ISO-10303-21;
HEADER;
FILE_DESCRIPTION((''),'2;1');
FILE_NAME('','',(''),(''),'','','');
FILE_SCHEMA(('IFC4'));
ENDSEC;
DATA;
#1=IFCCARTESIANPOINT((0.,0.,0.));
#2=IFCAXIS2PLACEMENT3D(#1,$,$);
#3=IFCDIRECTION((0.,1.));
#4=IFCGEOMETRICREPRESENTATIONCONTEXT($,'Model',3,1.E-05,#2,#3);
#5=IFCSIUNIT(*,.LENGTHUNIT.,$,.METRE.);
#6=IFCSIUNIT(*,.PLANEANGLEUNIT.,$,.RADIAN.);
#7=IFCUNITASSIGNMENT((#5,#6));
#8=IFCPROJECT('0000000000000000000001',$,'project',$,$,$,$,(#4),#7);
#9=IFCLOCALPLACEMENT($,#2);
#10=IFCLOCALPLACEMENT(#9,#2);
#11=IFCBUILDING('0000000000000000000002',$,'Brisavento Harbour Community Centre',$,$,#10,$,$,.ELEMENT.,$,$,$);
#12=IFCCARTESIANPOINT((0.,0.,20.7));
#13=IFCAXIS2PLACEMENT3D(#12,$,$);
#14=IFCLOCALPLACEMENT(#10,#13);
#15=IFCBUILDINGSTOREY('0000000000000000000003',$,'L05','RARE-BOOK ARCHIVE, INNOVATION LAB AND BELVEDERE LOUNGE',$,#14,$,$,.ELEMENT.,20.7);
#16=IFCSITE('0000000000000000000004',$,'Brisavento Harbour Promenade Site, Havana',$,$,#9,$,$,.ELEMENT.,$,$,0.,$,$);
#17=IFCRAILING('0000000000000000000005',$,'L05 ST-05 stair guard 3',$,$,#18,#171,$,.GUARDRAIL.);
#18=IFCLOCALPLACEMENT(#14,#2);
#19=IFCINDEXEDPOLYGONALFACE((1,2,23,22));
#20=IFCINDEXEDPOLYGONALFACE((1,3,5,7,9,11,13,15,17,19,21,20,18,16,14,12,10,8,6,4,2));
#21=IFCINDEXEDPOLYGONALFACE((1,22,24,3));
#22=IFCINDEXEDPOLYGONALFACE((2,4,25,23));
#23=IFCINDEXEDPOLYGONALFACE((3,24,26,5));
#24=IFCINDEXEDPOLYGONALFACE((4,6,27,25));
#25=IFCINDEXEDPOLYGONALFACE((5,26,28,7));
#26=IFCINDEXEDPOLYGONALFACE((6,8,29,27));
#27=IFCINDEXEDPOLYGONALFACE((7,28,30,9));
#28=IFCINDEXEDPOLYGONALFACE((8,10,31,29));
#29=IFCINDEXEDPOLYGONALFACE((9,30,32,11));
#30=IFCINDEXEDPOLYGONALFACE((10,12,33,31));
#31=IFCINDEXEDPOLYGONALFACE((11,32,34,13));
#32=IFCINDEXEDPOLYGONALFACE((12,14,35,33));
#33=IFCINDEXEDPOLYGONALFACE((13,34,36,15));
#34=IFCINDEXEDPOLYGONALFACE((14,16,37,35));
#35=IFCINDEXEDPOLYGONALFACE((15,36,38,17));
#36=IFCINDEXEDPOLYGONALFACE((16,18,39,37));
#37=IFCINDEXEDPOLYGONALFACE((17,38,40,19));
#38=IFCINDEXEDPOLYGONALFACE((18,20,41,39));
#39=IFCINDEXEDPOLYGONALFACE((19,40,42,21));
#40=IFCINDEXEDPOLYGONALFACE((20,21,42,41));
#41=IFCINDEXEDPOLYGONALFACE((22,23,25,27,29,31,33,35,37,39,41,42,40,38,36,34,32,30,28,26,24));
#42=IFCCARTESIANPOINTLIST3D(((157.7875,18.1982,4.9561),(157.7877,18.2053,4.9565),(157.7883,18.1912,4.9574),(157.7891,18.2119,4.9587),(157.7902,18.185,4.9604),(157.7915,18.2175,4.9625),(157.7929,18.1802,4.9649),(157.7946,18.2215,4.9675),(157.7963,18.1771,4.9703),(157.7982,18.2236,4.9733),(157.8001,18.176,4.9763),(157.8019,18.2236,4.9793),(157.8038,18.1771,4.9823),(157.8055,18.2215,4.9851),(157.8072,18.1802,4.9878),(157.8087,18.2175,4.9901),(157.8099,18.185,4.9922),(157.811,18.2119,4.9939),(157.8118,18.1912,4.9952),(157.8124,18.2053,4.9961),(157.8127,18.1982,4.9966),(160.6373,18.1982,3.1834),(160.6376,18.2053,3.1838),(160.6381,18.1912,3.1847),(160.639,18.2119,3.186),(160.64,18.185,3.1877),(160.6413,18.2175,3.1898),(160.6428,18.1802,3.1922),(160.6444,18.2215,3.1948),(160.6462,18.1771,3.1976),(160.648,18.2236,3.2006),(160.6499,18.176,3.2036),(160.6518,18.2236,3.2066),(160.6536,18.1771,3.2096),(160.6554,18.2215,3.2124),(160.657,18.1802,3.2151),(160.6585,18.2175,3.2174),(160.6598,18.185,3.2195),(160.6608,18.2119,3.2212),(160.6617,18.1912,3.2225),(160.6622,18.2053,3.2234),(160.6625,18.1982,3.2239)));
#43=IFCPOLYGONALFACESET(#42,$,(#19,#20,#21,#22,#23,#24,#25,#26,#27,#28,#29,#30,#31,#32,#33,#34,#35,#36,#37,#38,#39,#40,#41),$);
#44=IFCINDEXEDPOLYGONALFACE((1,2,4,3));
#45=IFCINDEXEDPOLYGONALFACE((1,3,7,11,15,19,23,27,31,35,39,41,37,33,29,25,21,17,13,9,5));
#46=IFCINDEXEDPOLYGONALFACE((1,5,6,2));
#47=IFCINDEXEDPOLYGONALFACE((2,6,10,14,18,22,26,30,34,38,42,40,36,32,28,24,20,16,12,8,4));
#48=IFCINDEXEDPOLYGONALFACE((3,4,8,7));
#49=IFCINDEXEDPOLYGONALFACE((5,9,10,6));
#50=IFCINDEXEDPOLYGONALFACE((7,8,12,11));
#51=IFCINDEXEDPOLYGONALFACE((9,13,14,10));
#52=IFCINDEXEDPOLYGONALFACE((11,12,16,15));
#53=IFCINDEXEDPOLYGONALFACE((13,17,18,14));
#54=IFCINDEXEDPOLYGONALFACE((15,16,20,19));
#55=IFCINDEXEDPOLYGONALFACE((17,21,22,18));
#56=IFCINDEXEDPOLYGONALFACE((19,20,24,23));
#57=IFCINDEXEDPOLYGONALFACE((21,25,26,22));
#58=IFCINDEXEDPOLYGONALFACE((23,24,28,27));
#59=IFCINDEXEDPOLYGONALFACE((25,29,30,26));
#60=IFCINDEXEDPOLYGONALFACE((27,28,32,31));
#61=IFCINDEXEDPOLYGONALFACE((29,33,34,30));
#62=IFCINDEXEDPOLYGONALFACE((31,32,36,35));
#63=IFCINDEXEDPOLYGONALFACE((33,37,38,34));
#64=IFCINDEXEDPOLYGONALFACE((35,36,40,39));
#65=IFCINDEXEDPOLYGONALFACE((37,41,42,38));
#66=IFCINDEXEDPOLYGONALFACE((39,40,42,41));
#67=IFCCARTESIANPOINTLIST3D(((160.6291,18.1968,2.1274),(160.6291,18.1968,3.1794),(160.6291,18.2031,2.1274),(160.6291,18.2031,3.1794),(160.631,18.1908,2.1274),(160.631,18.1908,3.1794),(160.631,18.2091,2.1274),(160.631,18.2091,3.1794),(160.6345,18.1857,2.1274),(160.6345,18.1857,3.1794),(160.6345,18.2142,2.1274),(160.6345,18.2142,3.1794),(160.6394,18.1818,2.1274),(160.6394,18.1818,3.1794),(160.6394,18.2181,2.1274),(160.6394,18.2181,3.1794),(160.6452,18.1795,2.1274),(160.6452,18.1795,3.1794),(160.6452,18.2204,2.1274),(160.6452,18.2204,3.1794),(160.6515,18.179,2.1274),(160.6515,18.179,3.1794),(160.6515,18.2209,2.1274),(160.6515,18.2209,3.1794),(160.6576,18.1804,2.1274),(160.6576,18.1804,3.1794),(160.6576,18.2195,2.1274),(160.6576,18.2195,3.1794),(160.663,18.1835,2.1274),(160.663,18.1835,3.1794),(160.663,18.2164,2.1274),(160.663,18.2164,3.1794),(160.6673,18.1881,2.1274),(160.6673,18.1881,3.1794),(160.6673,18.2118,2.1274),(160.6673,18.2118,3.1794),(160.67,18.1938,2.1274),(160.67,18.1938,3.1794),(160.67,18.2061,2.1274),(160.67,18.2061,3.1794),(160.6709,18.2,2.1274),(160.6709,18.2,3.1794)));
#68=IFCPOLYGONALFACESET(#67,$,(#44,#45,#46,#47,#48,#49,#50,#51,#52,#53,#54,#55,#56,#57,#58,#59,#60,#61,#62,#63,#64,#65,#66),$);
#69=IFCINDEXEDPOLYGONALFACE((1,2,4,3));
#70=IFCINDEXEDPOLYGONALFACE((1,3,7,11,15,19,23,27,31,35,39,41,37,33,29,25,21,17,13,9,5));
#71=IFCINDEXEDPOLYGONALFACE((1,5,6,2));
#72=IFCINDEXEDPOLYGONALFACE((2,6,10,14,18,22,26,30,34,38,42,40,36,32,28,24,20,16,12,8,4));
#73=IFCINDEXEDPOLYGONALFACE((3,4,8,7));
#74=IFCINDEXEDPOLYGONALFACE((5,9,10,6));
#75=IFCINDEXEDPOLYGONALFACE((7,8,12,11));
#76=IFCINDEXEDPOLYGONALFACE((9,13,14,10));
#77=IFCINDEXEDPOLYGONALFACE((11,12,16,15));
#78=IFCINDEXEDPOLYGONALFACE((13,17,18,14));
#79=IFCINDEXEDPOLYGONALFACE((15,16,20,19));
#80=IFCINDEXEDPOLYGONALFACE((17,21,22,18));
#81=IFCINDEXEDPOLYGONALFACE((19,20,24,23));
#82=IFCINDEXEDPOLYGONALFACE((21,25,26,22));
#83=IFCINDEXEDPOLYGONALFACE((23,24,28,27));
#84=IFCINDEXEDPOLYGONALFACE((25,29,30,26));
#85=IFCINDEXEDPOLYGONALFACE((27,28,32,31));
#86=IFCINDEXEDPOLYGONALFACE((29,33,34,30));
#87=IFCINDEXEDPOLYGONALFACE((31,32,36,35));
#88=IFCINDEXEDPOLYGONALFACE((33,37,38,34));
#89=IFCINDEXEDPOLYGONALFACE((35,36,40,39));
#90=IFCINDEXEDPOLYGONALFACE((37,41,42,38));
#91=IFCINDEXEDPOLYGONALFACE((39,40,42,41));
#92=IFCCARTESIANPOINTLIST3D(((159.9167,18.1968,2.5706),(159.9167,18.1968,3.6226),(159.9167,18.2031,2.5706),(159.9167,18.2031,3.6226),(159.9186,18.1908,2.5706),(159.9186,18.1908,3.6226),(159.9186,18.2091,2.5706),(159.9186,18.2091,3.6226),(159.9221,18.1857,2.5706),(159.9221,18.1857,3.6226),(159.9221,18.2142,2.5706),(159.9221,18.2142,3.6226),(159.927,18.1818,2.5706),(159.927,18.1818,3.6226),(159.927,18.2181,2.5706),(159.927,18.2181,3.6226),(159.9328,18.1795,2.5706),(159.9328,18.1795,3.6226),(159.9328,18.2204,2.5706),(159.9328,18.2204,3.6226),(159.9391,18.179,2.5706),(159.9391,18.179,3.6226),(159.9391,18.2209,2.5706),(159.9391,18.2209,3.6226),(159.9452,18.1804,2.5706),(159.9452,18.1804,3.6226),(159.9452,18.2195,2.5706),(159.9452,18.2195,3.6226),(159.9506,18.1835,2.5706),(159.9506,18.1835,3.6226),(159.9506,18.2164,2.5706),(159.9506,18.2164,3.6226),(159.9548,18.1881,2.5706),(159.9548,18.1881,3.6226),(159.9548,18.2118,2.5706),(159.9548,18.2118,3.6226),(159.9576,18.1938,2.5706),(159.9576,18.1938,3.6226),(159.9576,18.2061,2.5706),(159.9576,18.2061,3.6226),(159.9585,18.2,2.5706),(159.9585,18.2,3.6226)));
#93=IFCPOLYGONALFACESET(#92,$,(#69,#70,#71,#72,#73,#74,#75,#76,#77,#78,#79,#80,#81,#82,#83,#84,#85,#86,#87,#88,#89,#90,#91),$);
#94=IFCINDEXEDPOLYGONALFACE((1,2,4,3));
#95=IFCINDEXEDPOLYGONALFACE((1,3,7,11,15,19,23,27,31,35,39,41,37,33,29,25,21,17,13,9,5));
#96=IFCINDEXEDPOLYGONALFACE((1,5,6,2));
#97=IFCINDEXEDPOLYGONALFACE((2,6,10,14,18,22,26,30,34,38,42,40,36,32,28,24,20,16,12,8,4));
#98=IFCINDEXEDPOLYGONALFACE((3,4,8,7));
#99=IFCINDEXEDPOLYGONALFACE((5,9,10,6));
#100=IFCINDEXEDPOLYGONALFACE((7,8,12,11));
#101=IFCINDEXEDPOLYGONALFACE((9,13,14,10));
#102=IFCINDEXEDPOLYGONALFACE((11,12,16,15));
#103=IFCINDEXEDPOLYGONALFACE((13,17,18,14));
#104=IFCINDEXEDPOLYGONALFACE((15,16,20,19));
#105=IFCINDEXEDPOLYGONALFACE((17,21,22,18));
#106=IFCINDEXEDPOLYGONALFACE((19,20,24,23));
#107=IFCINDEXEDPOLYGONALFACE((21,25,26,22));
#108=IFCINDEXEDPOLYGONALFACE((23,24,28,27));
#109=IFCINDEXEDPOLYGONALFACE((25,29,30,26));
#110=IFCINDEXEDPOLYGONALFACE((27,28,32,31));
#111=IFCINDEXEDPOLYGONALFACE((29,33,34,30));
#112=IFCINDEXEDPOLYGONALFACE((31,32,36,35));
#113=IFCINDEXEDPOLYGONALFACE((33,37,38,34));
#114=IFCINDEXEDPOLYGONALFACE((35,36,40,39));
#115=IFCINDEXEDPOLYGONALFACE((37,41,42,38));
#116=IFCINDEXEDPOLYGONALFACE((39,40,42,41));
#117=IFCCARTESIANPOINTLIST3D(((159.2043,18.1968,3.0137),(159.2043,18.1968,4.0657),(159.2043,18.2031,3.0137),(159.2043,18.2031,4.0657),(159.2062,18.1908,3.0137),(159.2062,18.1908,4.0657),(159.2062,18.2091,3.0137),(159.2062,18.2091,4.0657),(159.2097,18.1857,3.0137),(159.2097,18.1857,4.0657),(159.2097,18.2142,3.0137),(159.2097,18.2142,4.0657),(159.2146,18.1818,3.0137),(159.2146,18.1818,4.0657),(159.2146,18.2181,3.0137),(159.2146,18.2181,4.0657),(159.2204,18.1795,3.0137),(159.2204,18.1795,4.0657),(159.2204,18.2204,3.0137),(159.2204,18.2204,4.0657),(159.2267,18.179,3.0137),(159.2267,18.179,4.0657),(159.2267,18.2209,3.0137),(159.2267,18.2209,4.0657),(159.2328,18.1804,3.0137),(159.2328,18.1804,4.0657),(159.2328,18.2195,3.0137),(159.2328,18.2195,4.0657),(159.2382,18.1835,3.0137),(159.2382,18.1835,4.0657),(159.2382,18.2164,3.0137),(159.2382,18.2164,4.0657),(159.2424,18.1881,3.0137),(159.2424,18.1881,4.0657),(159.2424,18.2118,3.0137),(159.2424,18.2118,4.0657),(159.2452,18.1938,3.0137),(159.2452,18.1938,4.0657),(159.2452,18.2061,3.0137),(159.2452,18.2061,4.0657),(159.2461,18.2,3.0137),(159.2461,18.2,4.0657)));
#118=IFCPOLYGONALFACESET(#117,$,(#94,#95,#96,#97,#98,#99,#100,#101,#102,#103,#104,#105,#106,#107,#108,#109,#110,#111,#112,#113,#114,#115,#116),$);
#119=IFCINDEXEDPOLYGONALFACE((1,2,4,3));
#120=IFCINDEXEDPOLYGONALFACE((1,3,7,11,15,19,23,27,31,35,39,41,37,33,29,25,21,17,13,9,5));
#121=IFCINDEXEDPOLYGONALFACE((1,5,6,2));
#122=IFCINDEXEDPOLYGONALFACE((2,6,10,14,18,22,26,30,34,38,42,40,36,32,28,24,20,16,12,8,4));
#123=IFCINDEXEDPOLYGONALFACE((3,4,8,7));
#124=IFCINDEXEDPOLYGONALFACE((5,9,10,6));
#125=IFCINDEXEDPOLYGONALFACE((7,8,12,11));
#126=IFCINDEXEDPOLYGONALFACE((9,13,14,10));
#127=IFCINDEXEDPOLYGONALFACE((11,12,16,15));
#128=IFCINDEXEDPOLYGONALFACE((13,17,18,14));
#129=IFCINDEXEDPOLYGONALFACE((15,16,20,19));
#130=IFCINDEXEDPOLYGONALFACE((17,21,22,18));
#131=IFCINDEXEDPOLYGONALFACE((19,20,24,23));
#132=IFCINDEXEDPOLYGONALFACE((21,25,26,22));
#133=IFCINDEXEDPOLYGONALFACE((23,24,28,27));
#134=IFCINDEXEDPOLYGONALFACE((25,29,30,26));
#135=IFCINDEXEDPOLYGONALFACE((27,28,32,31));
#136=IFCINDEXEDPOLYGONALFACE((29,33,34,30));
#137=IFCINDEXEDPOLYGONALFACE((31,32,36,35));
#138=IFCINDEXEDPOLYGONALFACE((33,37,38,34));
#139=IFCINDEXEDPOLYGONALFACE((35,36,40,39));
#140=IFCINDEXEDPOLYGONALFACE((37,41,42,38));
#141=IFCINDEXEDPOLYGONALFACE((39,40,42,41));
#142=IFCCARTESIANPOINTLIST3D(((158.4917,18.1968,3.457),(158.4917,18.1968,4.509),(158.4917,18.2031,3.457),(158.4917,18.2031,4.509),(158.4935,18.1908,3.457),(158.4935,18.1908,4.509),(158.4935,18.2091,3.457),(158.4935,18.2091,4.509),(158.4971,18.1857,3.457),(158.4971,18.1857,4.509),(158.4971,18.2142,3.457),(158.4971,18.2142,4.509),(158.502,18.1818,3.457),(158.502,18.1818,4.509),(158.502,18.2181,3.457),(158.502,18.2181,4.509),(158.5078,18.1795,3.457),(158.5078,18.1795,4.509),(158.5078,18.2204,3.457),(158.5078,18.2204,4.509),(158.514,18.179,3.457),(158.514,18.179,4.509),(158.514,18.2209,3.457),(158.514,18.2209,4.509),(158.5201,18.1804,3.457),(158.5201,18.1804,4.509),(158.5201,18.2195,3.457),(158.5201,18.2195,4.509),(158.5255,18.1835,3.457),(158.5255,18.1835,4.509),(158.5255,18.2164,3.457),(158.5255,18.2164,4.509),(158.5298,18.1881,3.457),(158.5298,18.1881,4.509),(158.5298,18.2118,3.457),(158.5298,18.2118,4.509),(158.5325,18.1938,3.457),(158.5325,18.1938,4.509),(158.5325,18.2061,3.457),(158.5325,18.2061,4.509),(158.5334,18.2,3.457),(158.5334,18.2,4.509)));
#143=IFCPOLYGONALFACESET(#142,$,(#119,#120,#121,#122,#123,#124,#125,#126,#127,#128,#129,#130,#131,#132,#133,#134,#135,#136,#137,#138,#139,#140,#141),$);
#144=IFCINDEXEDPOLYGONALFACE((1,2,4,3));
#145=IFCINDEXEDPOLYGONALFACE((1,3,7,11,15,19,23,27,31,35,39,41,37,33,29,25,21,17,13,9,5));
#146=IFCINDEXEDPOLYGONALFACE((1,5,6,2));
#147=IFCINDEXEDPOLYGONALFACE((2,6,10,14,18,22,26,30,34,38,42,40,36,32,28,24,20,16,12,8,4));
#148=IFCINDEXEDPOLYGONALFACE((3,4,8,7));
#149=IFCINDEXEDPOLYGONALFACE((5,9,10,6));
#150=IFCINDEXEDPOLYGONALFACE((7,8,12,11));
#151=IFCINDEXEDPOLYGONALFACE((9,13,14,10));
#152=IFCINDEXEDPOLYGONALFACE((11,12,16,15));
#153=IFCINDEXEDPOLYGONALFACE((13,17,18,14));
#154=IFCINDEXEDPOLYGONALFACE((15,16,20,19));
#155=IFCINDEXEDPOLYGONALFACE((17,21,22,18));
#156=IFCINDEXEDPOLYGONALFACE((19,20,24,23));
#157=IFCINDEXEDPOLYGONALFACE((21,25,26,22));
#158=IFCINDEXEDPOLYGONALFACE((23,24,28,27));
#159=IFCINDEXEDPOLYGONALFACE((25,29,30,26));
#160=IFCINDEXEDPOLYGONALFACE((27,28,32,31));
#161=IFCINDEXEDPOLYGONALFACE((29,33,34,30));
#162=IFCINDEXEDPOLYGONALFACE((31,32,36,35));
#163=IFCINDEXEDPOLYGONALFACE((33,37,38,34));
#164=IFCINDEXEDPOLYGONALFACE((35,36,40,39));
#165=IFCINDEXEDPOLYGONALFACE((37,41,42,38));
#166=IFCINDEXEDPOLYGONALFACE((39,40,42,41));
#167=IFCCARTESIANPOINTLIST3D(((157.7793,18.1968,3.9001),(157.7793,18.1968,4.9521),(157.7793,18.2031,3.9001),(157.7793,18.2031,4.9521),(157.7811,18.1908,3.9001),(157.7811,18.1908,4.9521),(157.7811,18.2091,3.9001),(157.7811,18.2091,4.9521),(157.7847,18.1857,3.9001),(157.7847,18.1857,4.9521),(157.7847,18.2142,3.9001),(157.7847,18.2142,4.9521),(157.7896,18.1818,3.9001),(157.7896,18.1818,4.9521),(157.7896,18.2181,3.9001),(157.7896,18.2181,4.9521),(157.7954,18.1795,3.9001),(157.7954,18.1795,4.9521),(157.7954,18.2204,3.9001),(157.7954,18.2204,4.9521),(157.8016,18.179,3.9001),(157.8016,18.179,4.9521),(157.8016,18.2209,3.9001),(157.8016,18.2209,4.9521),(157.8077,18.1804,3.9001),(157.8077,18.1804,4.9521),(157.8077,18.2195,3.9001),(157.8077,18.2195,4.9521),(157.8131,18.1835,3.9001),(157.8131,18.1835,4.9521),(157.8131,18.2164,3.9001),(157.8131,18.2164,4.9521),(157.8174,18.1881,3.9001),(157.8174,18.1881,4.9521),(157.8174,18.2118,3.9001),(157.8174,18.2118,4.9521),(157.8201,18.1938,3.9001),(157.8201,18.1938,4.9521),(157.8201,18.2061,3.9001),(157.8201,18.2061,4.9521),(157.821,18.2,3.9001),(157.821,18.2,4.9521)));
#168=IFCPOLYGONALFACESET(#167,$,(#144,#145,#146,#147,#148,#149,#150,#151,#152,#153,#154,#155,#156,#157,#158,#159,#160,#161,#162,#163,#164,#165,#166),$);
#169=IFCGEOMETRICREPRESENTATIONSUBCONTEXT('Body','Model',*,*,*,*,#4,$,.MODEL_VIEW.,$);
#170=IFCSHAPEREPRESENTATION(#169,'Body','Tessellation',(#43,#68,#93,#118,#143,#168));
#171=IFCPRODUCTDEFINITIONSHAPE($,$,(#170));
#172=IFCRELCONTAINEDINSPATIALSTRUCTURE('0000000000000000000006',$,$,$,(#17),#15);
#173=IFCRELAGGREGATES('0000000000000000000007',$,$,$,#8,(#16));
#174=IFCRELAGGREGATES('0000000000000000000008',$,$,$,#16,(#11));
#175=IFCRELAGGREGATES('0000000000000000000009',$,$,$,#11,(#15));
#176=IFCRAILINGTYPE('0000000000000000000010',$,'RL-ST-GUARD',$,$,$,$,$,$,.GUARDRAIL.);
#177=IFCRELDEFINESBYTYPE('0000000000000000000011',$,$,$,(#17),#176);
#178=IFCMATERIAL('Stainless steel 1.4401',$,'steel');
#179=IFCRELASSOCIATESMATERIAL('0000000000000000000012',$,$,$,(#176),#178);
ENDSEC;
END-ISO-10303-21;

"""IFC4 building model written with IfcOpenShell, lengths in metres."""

from ifc_helpers import new_model, si_unit, direction, frame, origin, origin_2d, place, context, subcontext, project, spatial, circle, extrude, material, type_object, element, save


model = new_model("IFC4")

# Units and contexts
model_context = context("Model", 3, precision=1e-05, world=origin(), true_north=direction((0.0, 1.0)))
body_context = subcontext(model_context, "Body", "Model", "MODEL_VIEW")
ifc_project = project(units=[si_unit("LENGTHUNIT", "METRE"), si_unit("PLANEANGLEUNIT", "RADIAN")], contexts=[model_context])

# Site, building, storey
site_placement = place(None, origin())
site = spatial("IfcSite", under=ifc_project, at=site_placement, Name="Brisavento Harbour Promenade Site, Havana", CompositionType="ELEMENT", RefElevation=0.0)
building_placement = place(site_placement, origin())
building = spatial("IfcBuilding", under=site, at=building_placement, Name="Brisavento Harbour Community Centre", CompositionType="ELEMENT")
storey_placement = place(building_placement, frame((0.0, 0.0, 20.7)))
storey = spatial("IfcBuildingStorey", under=building, at=storey_placement, Name="L05", Description="RARE-BOOK ARCHIVE, INNOVATION LAB AND BELVEDERE LOUNGE", CompositionType="ELEMENT", Elevation=20.7)

# Railing
ifc_material_1 = material(Name="Stainless steel 1.4401", Category="steel")
railing_type_1 = type_object("IfcRailingType", Name="RL-ST-GUARD", PredefinedType="GUARDRAIL", material=ifc_material_1)
railing_1_placement = place(storey_placement, frame((160.6499, 18.2, 2.1274)))
element("IfcRailing", 1, at=railing_1_placement, inside=storey, type_object=railing_type_1, Name="L05 ST-05 stair guard 3", PredefinedType="GUARDRAIL", context=body_context, shape_type="SweptSolid", body=[
    extrude(circle(Radius=0.0239, at=origin_2d()), frame((0.0, 0.0, 1.0762), z_axis=(-0.849128, 0.0, 0.528187), x_axis=(0.0, -1.0, 0.0)), (0.0, 0.0, 1.0), 3.3562),
    extrude(circle(Radius=0.021, at=origin_2d()), origin(), (0.0, 0.0, 1.0), 1.052),
    extrude(circle(Radius=0.021, at=origin_2d()), frame((-0.7124, 0.0, 0.4431)), (0.0, 0.0, 1.0), 1.052),
    extrude(circle(Radius=0.021, at=origin_2d()), frame((-1.4248, 0.0, 0.8862)), (0.0, 0.0, 1.0), 1.052),
    extrude(circle(Radius=0.021, at=origin_2d()), frame((-2.1375, 0.0, 1.3296)), (0.0, 0.0, 1.0), 1.052),
    extrude(circle(Radius=0.021, at=origin_2d()), frame((-2.8499, 0.0, 1.7727)), (0.0, 0.0, 1.0), 1.052),
])

save(model, "model.ifc")
